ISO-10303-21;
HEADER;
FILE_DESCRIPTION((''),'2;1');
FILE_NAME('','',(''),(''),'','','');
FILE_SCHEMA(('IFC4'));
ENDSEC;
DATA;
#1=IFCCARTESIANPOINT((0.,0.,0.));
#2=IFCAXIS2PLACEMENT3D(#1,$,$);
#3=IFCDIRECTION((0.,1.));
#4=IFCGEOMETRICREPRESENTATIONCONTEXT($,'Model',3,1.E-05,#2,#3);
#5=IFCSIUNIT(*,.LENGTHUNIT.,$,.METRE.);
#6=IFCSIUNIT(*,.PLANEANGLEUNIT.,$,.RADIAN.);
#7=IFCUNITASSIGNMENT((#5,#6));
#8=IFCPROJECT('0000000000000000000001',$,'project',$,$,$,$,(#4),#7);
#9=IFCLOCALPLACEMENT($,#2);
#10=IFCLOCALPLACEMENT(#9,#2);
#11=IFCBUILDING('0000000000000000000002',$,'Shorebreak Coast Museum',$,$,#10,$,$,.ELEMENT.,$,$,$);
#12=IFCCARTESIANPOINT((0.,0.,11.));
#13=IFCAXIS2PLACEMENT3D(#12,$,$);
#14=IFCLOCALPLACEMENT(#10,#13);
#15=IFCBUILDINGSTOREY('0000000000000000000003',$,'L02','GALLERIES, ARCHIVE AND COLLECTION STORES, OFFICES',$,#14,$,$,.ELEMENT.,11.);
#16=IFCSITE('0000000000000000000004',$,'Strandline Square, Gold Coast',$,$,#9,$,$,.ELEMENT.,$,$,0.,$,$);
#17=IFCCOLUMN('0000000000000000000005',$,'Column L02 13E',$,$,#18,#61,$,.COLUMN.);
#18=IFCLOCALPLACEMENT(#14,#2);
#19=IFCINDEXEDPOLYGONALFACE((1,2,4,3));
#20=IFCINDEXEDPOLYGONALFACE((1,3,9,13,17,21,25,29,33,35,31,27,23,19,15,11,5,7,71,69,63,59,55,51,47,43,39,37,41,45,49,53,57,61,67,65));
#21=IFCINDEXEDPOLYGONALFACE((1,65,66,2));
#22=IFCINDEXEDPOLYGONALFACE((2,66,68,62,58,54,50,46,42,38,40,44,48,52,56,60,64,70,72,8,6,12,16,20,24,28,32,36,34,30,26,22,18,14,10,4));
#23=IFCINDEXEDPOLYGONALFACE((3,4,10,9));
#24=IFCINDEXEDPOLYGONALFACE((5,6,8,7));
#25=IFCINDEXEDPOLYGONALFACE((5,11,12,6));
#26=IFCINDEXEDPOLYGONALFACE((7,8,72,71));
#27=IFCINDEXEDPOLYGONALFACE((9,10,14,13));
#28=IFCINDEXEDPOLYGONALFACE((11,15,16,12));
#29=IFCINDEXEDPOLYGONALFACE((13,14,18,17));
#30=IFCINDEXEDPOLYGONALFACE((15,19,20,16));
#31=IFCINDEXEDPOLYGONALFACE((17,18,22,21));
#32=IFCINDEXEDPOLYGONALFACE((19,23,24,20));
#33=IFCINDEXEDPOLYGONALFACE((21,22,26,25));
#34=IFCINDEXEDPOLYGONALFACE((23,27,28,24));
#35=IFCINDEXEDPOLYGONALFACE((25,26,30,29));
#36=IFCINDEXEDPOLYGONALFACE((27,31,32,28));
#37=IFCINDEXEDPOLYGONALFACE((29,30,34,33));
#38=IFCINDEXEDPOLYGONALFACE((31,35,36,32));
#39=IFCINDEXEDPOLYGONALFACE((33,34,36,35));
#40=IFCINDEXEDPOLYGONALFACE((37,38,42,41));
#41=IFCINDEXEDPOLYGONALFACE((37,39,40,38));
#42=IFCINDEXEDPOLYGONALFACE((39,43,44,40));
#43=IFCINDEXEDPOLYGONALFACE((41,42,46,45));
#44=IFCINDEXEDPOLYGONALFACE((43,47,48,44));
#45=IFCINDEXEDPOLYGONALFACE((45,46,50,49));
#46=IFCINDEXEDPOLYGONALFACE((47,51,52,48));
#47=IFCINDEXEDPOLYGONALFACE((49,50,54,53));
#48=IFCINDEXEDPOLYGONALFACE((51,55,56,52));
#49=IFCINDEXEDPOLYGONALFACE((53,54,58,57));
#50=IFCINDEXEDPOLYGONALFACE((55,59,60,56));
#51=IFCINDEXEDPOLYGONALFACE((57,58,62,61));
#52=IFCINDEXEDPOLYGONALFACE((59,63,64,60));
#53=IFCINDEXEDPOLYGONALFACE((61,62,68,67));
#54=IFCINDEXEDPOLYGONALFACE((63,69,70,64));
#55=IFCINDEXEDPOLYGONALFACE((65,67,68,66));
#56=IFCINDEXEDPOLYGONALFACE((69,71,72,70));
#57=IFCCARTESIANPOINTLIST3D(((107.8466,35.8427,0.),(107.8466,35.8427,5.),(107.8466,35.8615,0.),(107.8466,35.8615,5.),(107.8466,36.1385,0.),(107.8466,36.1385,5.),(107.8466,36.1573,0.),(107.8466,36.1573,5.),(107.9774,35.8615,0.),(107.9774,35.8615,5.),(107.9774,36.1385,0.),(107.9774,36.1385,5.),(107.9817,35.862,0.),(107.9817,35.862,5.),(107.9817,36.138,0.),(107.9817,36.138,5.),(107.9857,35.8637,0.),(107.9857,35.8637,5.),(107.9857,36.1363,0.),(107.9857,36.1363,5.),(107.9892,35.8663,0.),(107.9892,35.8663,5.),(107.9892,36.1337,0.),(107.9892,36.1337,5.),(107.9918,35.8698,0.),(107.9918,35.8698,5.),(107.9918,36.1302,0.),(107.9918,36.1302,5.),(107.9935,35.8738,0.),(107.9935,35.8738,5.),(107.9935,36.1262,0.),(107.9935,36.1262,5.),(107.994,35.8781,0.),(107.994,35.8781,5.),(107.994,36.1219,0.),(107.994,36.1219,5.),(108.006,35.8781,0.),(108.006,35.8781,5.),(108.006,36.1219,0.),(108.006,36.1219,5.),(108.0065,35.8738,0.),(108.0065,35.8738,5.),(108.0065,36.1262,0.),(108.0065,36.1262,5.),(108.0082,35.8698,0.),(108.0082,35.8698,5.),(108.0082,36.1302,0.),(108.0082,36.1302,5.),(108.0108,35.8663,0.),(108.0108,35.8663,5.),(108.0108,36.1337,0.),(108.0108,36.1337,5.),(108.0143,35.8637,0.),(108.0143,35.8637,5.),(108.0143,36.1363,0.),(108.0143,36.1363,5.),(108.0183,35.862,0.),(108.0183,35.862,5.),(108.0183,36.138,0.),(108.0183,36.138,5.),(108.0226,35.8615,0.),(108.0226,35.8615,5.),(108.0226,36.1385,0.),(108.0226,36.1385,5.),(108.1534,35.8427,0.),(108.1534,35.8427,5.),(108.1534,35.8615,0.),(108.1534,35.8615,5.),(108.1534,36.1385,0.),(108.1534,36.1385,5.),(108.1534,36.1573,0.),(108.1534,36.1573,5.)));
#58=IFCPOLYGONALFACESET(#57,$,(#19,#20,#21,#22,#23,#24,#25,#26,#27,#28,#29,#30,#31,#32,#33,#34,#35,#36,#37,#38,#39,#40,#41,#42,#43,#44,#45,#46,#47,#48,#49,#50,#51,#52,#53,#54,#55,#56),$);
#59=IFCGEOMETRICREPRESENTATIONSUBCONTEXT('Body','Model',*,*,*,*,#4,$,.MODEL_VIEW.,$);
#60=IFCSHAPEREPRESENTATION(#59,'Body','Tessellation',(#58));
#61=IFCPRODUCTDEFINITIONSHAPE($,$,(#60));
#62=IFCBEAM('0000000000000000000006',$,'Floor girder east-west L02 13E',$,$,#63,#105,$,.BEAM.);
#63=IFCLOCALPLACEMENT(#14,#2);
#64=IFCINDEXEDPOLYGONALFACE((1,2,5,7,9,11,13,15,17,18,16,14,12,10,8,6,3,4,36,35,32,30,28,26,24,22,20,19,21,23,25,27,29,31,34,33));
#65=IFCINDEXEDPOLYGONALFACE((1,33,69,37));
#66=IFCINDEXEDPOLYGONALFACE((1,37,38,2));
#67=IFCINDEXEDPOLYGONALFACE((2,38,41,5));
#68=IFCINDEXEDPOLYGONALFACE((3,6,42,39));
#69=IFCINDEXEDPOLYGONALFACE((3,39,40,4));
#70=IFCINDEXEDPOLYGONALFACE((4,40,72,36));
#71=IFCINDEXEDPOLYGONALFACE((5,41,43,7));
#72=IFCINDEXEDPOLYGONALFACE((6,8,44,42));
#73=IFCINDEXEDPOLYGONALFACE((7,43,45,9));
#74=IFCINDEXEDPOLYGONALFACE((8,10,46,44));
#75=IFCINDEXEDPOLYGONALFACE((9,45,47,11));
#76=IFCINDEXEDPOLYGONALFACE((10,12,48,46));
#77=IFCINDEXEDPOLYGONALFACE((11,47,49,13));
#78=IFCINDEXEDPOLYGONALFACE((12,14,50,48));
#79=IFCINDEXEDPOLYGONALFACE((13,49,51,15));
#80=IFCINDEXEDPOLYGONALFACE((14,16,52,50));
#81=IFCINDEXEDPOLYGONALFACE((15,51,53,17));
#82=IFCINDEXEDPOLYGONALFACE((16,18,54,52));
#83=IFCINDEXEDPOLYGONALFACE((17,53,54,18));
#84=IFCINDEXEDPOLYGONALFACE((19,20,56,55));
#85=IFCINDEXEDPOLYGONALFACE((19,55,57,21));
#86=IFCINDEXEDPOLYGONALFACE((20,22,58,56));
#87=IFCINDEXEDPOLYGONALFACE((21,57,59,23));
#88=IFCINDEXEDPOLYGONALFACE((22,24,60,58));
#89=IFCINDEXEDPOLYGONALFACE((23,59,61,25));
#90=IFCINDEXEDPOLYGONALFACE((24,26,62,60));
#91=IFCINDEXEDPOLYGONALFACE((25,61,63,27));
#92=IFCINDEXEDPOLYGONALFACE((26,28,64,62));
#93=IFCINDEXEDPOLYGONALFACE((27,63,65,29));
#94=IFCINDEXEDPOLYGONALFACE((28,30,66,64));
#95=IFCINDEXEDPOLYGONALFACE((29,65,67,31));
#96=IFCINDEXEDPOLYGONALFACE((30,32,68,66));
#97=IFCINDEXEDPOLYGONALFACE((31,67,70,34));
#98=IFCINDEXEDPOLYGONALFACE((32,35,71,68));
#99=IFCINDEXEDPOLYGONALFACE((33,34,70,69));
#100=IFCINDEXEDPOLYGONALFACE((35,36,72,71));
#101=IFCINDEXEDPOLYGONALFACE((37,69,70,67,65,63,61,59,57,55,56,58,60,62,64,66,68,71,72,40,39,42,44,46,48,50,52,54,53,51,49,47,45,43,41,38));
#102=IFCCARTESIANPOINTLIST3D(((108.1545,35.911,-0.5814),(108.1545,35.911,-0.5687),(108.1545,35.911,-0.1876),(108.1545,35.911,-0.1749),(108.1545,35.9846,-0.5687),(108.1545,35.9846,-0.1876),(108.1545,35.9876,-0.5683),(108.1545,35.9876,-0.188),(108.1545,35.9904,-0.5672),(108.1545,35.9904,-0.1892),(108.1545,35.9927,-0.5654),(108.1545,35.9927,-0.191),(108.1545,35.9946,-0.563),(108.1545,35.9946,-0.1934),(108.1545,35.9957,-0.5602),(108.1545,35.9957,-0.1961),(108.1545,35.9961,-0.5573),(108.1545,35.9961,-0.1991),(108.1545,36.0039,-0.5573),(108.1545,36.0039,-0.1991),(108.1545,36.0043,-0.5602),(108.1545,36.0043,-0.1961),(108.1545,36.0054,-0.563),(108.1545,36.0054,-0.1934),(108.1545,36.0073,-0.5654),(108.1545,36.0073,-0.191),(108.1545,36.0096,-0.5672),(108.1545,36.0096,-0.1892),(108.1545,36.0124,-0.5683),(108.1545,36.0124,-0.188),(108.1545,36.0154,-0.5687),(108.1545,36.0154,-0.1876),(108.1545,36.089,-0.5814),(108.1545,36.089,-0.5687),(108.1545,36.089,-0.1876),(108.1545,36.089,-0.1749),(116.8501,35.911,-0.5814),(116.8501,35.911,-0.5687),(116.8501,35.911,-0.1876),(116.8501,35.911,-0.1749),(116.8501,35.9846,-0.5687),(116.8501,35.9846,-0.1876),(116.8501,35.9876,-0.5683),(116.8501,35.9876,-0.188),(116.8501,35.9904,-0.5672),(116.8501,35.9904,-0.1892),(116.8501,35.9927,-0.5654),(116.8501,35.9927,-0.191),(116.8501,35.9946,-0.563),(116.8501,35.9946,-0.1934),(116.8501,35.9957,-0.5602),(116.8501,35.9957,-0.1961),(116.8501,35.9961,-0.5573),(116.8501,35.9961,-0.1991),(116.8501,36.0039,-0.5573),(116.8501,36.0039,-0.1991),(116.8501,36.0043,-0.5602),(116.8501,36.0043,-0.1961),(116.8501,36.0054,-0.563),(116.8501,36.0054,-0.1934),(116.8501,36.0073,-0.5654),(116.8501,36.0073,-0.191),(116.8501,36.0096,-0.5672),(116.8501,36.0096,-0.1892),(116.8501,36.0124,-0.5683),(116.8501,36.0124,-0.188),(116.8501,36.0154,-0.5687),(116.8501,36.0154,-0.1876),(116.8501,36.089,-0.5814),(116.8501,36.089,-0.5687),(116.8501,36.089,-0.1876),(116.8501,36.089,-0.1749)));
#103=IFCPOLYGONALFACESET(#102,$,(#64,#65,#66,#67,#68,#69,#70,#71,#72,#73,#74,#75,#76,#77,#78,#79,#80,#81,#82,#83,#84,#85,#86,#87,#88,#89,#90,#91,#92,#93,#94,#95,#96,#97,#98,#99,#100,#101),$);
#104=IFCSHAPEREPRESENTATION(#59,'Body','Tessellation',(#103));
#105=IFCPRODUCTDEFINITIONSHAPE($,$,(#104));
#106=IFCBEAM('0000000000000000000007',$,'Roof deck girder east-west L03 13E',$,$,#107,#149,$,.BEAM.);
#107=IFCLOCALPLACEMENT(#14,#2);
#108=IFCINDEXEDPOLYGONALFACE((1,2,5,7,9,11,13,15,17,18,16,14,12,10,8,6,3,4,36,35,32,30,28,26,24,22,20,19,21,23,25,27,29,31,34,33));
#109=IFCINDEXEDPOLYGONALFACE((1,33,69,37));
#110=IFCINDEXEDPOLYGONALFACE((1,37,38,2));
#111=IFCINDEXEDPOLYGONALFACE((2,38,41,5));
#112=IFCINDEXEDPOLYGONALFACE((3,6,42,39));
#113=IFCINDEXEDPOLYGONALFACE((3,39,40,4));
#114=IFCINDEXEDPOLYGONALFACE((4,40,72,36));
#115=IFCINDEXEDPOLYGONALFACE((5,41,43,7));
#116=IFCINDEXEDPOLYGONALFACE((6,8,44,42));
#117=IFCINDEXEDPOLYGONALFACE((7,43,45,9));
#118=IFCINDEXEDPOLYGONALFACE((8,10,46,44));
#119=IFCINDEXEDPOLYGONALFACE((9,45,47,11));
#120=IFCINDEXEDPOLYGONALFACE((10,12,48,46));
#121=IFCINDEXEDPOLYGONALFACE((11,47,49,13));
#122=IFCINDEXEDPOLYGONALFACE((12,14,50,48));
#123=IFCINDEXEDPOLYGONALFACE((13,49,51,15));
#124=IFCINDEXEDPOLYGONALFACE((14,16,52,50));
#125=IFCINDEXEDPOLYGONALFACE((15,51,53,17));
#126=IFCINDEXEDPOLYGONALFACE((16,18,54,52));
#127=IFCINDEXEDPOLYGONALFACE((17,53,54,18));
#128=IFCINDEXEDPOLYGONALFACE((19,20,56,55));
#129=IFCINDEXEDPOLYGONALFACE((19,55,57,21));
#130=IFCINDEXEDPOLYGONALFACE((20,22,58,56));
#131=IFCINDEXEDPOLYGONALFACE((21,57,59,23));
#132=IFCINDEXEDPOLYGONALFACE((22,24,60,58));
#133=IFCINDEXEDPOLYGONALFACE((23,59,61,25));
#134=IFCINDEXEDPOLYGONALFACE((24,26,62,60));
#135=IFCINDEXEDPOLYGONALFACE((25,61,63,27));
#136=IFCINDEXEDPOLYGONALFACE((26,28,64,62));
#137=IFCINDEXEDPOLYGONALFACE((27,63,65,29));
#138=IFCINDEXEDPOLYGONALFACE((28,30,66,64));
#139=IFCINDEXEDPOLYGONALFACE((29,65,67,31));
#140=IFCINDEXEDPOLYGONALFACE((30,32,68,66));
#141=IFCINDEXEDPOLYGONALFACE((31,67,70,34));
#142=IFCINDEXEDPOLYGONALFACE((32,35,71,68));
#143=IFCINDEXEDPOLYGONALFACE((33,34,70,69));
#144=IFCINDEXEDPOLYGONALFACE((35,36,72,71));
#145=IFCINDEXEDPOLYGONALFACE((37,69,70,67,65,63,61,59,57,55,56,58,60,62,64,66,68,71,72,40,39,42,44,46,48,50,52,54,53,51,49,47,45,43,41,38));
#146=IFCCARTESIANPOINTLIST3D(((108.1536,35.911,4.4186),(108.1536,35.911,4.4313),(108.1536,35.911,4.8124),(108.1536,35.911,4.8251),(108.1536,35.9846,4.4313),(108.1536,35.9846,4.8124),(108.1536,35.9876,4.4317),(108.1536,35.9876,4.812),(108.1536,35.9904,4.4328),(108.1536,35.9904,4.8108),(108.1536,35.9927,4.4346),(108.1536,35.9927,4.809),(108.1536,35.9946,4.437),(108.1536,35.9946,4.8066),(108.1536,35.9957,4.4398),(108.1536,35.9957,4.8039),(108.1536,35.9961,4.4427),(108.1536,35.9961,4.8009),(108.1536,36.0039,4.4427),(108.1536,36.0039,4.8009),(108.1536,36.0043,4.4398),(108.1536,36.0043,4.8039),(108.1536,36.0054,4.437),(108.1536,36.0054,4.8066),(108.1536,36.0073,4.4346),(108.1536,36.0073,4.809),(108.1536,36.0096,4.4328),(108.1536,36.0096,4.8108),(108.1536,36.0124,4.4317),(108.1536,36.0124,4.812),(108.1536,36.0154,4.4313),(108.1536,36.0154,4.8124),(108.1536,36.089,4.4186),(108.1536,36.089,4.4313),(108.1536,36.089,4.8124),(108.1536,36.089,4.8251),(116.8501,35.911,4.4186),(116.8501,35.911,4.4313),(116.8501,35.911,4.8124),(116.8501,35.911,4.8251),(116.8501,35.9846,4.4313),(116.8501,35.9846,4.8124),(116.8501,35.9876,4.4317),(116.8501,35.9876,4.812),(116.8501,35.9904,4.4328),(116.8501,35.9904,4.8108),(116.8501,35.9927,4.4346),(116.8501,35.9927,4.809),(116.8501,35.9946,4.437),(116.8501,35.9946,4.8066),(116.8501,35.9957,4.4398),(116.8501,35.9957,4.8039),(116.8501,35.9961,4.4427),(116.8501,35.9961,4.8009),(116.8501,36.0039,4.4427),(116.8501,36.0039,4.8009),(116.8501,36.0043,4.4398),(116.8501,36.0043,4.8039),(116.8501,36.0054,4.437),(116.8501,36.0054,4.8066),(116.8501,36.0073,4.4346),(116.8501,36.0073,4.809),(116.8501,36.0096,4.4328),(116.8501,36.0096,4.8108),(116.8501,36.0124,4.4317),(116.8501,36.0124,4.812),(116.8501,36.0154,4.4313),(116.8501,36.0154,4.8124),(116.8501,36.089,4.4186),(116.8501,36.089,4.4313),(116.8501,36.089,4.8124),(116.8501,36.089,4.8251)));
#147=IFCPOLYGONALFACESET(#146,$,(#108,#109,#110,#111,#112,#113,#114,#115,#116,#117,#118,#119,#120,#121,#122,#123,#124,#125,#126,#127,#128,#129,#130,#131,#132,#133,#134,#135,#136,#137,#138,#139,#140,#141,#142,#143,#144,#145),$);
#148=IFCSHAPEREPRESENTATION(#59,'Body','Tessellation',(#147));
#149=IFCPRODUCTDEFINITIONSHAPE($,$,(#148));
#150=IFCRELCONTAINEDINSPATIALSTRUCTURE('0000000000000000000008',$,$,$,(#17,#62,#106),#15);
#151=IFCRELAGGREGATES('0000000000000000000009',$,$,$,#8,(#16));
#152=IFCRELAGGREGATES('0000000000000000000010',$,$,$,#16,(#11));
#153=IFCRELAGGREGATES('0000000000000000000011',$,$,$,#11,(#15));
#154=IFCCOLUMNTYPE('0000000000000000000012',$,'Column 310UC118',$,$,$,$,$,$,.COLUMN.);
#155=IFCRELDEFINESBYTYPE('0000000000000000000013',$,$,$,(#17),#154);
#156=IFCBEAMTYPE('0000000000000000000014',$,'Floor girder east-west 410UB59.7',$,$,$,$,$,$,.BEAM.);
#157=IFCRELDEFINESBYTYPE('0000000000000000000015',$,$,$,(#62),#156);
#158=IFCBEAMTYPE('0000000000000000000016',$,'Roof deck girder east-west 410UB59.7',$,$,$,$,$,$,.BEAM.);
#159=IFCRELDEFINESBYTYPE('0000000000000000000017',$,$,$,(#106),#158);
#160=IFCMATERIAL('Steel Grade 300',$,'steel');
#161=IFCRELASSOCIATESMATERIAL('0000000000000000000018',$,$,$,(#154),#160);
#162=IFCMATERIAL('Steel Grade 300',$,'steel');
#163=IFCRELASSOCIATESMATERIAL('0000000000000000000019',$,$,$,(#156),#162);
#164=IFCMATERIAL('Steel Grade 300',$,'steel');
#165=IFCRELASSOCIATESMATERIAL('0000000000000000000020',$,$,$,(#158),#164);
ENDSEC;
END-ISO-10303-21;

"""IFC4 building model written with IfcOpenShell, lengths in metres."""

from ifc_helpers import new_model, si_unit, direction, frame, origin, origin_2d, place, context, subcontext, project, spatial, i_section, extrude, material, material_profile, profile_set, type_object, element, save


model = new_model("IFC4")

# Units and contexts
model_context = context("Model", 3, precision=1e-05, world=origin(), true_north=direction((0.0, 1.0)))
body_context = subcontext(model_context, "Body", "Model", "MODEL_VIEW")
ifc_project = project(units=[si_unit("LENGTHUNIT", "METRE"), si_unit("PLANEANGLEUNIT", "RADIAN")], contexts=[model_context])

# Site, building, storey
site_placement = place(None, origin())
site = spatial("IfcSite", under=ifc_project, at=site_placement, Name="Strandline Square, Gold Coast", CompositionType="ELEMENT", RefElevation=0.0)
building_placement = place(site_placement, origin())
building = spatial("IfcBuilding", under=site, at=building_placement, Name="Shorebreak Coast Museum", CompositionType="ELEMENT")
storey_placement = place(building_placement, frame((0.0, 0.0, 11.0)))
storey = spatial("IfcBuildingStorey", under=building, at=storey_placement, Name="L02", Description="GALLERIES, ARCHIVE AND COLLECTION STORES, OFFICES", CompositionType="ELEMENT", Elevation=11.0)

# Column
ifc_material_1 = material(Name="Steel Grade 300", Category="steel")
ifc_material_profile_1 = material_profile(ifc_material_1, i_section(OverallWidth=0.3069, OverallDepth=0.3147, WebThickness=0.012, FlangeThickness=0.0188, FilletRadius=0.0166, at=origin_2d()), Name="310UC118")
ifc_profile_set_1 = profile_set([ifc_material_profile_1], Name="Steel Grade 300")
column_type = type_object("IfcColumnType", Name="Column 310UC118", PredefinedType="COLUMN", material=ifc_profile_set_1)
column_placement = place(storey_placement, frame((108.0, 36.0, 0.0), z_axis=(0.0, 0.0, 1.0), x_axis=(1.0, 0.0, 0.0)))
element("IfcColumn", 1, at=column_placement, inside=storey, type_object=column_type, Name="Column L02 13E", PredefinedType="COLUMN", context=body_context, shape_type="SweptSolid", body=[
    extrude(i_section(OverallWidth=0.3069, OverallDepth=0.3147, WebThickness=0.012, FlangeThickness=0.0188, FilletRadius=0.0166, at=origin_2d()), origin(), (0.0, 0.0, 1.0), 5.0),
])

# Beams
ifc_material_2 = material(Name="Steel Grade 300", Category="steel")
ifc_material_profile_2 = material_profile(ifc_material_2, i_section(OverallWidth=0.178, OverallDepth=0.4065, WebThickness=0.0078, FlangeThickness=0.0127, FilletRadius=0.0115, at=origin_2d()), Name="410UB59.7")
ifc_profile_set_2 = profile_set([ifc_material_profile_2], Name="Steel Grade 300")
beam_type_1 = type_object("IfcBeamType", Name="Floor girder east-west 410UB59.7", PredefinedType="BEAM", material=ifc_profile_set_2)
beam_1_placement = place(storey_placement, frame((108.1545, 36.0, -0.3782), z_axis=(1.0, 0.0, 0.0), x_axis=(0.0, 1.0, 0.0)))
element("IfcBeam", 2, at=beam_1_placement, inside=storey, type_object=beam_type_1, Name="Floor girder east-west L02 13E", PredefinedType="BEAM", context=body_context, shape_type="SweptSolid", body=[
    extrude(i_section(OverallWidth=0.178, OverallDepth=0.4065, WebThickness=0.0078, FlangeThickness=0.0127, FilletRadius=0.0115, at=origin_2d()), origin(), (0.0, 0.0, 1.0), 8.6956),
])
ifc_material_3 = material(Name="Steel Grade 300", Category="steel")
ifc_material_profile_3 = material_profile(ifc_material_3, i_section(OverallWidth=0.178, OverallDepth=0.4065, WebThickness=0.0078, FlangeThickness=0.0127, FilletRadius=0.0115, at=origin_2d()), Name="410UB59.7")
ifc_profile_set_3 = profile_set([ifc_material_profile_3], Name="Steel Grade 300")
beam_type_2 = type_object("IfcBeamType", Name="Roof deck girder east-west 410UB59.7", PredefinedType="BEAM", material=ifc_profile_set_3)
beam_2_placement = place(storey_placement, frame((108.1536, 36.0, 4.6218), z_axis=(1.0, 0.0, 0.0), x_axis=(0.0, 1.0, 0.0)))
element("IfcBeam", 3, at=beam_2_placement, inside=storey, type_object=beam_type_2, Name="Roof deck girder east-west L03 13E", PredefinedType="BEAM", context=body_context, shape_type="SweptSolid", body=[
    extrude(i_section(OverallWidth=0.178, OverallDepth=0.4065, WebThickness=0.0078, FlangeThickness=0.0127, FilletRadius=0.0115, at=origin_2d()), origin(), (0.0, 0.0, 1.0), 8.6965),
])

save(model, "model.ifc")
